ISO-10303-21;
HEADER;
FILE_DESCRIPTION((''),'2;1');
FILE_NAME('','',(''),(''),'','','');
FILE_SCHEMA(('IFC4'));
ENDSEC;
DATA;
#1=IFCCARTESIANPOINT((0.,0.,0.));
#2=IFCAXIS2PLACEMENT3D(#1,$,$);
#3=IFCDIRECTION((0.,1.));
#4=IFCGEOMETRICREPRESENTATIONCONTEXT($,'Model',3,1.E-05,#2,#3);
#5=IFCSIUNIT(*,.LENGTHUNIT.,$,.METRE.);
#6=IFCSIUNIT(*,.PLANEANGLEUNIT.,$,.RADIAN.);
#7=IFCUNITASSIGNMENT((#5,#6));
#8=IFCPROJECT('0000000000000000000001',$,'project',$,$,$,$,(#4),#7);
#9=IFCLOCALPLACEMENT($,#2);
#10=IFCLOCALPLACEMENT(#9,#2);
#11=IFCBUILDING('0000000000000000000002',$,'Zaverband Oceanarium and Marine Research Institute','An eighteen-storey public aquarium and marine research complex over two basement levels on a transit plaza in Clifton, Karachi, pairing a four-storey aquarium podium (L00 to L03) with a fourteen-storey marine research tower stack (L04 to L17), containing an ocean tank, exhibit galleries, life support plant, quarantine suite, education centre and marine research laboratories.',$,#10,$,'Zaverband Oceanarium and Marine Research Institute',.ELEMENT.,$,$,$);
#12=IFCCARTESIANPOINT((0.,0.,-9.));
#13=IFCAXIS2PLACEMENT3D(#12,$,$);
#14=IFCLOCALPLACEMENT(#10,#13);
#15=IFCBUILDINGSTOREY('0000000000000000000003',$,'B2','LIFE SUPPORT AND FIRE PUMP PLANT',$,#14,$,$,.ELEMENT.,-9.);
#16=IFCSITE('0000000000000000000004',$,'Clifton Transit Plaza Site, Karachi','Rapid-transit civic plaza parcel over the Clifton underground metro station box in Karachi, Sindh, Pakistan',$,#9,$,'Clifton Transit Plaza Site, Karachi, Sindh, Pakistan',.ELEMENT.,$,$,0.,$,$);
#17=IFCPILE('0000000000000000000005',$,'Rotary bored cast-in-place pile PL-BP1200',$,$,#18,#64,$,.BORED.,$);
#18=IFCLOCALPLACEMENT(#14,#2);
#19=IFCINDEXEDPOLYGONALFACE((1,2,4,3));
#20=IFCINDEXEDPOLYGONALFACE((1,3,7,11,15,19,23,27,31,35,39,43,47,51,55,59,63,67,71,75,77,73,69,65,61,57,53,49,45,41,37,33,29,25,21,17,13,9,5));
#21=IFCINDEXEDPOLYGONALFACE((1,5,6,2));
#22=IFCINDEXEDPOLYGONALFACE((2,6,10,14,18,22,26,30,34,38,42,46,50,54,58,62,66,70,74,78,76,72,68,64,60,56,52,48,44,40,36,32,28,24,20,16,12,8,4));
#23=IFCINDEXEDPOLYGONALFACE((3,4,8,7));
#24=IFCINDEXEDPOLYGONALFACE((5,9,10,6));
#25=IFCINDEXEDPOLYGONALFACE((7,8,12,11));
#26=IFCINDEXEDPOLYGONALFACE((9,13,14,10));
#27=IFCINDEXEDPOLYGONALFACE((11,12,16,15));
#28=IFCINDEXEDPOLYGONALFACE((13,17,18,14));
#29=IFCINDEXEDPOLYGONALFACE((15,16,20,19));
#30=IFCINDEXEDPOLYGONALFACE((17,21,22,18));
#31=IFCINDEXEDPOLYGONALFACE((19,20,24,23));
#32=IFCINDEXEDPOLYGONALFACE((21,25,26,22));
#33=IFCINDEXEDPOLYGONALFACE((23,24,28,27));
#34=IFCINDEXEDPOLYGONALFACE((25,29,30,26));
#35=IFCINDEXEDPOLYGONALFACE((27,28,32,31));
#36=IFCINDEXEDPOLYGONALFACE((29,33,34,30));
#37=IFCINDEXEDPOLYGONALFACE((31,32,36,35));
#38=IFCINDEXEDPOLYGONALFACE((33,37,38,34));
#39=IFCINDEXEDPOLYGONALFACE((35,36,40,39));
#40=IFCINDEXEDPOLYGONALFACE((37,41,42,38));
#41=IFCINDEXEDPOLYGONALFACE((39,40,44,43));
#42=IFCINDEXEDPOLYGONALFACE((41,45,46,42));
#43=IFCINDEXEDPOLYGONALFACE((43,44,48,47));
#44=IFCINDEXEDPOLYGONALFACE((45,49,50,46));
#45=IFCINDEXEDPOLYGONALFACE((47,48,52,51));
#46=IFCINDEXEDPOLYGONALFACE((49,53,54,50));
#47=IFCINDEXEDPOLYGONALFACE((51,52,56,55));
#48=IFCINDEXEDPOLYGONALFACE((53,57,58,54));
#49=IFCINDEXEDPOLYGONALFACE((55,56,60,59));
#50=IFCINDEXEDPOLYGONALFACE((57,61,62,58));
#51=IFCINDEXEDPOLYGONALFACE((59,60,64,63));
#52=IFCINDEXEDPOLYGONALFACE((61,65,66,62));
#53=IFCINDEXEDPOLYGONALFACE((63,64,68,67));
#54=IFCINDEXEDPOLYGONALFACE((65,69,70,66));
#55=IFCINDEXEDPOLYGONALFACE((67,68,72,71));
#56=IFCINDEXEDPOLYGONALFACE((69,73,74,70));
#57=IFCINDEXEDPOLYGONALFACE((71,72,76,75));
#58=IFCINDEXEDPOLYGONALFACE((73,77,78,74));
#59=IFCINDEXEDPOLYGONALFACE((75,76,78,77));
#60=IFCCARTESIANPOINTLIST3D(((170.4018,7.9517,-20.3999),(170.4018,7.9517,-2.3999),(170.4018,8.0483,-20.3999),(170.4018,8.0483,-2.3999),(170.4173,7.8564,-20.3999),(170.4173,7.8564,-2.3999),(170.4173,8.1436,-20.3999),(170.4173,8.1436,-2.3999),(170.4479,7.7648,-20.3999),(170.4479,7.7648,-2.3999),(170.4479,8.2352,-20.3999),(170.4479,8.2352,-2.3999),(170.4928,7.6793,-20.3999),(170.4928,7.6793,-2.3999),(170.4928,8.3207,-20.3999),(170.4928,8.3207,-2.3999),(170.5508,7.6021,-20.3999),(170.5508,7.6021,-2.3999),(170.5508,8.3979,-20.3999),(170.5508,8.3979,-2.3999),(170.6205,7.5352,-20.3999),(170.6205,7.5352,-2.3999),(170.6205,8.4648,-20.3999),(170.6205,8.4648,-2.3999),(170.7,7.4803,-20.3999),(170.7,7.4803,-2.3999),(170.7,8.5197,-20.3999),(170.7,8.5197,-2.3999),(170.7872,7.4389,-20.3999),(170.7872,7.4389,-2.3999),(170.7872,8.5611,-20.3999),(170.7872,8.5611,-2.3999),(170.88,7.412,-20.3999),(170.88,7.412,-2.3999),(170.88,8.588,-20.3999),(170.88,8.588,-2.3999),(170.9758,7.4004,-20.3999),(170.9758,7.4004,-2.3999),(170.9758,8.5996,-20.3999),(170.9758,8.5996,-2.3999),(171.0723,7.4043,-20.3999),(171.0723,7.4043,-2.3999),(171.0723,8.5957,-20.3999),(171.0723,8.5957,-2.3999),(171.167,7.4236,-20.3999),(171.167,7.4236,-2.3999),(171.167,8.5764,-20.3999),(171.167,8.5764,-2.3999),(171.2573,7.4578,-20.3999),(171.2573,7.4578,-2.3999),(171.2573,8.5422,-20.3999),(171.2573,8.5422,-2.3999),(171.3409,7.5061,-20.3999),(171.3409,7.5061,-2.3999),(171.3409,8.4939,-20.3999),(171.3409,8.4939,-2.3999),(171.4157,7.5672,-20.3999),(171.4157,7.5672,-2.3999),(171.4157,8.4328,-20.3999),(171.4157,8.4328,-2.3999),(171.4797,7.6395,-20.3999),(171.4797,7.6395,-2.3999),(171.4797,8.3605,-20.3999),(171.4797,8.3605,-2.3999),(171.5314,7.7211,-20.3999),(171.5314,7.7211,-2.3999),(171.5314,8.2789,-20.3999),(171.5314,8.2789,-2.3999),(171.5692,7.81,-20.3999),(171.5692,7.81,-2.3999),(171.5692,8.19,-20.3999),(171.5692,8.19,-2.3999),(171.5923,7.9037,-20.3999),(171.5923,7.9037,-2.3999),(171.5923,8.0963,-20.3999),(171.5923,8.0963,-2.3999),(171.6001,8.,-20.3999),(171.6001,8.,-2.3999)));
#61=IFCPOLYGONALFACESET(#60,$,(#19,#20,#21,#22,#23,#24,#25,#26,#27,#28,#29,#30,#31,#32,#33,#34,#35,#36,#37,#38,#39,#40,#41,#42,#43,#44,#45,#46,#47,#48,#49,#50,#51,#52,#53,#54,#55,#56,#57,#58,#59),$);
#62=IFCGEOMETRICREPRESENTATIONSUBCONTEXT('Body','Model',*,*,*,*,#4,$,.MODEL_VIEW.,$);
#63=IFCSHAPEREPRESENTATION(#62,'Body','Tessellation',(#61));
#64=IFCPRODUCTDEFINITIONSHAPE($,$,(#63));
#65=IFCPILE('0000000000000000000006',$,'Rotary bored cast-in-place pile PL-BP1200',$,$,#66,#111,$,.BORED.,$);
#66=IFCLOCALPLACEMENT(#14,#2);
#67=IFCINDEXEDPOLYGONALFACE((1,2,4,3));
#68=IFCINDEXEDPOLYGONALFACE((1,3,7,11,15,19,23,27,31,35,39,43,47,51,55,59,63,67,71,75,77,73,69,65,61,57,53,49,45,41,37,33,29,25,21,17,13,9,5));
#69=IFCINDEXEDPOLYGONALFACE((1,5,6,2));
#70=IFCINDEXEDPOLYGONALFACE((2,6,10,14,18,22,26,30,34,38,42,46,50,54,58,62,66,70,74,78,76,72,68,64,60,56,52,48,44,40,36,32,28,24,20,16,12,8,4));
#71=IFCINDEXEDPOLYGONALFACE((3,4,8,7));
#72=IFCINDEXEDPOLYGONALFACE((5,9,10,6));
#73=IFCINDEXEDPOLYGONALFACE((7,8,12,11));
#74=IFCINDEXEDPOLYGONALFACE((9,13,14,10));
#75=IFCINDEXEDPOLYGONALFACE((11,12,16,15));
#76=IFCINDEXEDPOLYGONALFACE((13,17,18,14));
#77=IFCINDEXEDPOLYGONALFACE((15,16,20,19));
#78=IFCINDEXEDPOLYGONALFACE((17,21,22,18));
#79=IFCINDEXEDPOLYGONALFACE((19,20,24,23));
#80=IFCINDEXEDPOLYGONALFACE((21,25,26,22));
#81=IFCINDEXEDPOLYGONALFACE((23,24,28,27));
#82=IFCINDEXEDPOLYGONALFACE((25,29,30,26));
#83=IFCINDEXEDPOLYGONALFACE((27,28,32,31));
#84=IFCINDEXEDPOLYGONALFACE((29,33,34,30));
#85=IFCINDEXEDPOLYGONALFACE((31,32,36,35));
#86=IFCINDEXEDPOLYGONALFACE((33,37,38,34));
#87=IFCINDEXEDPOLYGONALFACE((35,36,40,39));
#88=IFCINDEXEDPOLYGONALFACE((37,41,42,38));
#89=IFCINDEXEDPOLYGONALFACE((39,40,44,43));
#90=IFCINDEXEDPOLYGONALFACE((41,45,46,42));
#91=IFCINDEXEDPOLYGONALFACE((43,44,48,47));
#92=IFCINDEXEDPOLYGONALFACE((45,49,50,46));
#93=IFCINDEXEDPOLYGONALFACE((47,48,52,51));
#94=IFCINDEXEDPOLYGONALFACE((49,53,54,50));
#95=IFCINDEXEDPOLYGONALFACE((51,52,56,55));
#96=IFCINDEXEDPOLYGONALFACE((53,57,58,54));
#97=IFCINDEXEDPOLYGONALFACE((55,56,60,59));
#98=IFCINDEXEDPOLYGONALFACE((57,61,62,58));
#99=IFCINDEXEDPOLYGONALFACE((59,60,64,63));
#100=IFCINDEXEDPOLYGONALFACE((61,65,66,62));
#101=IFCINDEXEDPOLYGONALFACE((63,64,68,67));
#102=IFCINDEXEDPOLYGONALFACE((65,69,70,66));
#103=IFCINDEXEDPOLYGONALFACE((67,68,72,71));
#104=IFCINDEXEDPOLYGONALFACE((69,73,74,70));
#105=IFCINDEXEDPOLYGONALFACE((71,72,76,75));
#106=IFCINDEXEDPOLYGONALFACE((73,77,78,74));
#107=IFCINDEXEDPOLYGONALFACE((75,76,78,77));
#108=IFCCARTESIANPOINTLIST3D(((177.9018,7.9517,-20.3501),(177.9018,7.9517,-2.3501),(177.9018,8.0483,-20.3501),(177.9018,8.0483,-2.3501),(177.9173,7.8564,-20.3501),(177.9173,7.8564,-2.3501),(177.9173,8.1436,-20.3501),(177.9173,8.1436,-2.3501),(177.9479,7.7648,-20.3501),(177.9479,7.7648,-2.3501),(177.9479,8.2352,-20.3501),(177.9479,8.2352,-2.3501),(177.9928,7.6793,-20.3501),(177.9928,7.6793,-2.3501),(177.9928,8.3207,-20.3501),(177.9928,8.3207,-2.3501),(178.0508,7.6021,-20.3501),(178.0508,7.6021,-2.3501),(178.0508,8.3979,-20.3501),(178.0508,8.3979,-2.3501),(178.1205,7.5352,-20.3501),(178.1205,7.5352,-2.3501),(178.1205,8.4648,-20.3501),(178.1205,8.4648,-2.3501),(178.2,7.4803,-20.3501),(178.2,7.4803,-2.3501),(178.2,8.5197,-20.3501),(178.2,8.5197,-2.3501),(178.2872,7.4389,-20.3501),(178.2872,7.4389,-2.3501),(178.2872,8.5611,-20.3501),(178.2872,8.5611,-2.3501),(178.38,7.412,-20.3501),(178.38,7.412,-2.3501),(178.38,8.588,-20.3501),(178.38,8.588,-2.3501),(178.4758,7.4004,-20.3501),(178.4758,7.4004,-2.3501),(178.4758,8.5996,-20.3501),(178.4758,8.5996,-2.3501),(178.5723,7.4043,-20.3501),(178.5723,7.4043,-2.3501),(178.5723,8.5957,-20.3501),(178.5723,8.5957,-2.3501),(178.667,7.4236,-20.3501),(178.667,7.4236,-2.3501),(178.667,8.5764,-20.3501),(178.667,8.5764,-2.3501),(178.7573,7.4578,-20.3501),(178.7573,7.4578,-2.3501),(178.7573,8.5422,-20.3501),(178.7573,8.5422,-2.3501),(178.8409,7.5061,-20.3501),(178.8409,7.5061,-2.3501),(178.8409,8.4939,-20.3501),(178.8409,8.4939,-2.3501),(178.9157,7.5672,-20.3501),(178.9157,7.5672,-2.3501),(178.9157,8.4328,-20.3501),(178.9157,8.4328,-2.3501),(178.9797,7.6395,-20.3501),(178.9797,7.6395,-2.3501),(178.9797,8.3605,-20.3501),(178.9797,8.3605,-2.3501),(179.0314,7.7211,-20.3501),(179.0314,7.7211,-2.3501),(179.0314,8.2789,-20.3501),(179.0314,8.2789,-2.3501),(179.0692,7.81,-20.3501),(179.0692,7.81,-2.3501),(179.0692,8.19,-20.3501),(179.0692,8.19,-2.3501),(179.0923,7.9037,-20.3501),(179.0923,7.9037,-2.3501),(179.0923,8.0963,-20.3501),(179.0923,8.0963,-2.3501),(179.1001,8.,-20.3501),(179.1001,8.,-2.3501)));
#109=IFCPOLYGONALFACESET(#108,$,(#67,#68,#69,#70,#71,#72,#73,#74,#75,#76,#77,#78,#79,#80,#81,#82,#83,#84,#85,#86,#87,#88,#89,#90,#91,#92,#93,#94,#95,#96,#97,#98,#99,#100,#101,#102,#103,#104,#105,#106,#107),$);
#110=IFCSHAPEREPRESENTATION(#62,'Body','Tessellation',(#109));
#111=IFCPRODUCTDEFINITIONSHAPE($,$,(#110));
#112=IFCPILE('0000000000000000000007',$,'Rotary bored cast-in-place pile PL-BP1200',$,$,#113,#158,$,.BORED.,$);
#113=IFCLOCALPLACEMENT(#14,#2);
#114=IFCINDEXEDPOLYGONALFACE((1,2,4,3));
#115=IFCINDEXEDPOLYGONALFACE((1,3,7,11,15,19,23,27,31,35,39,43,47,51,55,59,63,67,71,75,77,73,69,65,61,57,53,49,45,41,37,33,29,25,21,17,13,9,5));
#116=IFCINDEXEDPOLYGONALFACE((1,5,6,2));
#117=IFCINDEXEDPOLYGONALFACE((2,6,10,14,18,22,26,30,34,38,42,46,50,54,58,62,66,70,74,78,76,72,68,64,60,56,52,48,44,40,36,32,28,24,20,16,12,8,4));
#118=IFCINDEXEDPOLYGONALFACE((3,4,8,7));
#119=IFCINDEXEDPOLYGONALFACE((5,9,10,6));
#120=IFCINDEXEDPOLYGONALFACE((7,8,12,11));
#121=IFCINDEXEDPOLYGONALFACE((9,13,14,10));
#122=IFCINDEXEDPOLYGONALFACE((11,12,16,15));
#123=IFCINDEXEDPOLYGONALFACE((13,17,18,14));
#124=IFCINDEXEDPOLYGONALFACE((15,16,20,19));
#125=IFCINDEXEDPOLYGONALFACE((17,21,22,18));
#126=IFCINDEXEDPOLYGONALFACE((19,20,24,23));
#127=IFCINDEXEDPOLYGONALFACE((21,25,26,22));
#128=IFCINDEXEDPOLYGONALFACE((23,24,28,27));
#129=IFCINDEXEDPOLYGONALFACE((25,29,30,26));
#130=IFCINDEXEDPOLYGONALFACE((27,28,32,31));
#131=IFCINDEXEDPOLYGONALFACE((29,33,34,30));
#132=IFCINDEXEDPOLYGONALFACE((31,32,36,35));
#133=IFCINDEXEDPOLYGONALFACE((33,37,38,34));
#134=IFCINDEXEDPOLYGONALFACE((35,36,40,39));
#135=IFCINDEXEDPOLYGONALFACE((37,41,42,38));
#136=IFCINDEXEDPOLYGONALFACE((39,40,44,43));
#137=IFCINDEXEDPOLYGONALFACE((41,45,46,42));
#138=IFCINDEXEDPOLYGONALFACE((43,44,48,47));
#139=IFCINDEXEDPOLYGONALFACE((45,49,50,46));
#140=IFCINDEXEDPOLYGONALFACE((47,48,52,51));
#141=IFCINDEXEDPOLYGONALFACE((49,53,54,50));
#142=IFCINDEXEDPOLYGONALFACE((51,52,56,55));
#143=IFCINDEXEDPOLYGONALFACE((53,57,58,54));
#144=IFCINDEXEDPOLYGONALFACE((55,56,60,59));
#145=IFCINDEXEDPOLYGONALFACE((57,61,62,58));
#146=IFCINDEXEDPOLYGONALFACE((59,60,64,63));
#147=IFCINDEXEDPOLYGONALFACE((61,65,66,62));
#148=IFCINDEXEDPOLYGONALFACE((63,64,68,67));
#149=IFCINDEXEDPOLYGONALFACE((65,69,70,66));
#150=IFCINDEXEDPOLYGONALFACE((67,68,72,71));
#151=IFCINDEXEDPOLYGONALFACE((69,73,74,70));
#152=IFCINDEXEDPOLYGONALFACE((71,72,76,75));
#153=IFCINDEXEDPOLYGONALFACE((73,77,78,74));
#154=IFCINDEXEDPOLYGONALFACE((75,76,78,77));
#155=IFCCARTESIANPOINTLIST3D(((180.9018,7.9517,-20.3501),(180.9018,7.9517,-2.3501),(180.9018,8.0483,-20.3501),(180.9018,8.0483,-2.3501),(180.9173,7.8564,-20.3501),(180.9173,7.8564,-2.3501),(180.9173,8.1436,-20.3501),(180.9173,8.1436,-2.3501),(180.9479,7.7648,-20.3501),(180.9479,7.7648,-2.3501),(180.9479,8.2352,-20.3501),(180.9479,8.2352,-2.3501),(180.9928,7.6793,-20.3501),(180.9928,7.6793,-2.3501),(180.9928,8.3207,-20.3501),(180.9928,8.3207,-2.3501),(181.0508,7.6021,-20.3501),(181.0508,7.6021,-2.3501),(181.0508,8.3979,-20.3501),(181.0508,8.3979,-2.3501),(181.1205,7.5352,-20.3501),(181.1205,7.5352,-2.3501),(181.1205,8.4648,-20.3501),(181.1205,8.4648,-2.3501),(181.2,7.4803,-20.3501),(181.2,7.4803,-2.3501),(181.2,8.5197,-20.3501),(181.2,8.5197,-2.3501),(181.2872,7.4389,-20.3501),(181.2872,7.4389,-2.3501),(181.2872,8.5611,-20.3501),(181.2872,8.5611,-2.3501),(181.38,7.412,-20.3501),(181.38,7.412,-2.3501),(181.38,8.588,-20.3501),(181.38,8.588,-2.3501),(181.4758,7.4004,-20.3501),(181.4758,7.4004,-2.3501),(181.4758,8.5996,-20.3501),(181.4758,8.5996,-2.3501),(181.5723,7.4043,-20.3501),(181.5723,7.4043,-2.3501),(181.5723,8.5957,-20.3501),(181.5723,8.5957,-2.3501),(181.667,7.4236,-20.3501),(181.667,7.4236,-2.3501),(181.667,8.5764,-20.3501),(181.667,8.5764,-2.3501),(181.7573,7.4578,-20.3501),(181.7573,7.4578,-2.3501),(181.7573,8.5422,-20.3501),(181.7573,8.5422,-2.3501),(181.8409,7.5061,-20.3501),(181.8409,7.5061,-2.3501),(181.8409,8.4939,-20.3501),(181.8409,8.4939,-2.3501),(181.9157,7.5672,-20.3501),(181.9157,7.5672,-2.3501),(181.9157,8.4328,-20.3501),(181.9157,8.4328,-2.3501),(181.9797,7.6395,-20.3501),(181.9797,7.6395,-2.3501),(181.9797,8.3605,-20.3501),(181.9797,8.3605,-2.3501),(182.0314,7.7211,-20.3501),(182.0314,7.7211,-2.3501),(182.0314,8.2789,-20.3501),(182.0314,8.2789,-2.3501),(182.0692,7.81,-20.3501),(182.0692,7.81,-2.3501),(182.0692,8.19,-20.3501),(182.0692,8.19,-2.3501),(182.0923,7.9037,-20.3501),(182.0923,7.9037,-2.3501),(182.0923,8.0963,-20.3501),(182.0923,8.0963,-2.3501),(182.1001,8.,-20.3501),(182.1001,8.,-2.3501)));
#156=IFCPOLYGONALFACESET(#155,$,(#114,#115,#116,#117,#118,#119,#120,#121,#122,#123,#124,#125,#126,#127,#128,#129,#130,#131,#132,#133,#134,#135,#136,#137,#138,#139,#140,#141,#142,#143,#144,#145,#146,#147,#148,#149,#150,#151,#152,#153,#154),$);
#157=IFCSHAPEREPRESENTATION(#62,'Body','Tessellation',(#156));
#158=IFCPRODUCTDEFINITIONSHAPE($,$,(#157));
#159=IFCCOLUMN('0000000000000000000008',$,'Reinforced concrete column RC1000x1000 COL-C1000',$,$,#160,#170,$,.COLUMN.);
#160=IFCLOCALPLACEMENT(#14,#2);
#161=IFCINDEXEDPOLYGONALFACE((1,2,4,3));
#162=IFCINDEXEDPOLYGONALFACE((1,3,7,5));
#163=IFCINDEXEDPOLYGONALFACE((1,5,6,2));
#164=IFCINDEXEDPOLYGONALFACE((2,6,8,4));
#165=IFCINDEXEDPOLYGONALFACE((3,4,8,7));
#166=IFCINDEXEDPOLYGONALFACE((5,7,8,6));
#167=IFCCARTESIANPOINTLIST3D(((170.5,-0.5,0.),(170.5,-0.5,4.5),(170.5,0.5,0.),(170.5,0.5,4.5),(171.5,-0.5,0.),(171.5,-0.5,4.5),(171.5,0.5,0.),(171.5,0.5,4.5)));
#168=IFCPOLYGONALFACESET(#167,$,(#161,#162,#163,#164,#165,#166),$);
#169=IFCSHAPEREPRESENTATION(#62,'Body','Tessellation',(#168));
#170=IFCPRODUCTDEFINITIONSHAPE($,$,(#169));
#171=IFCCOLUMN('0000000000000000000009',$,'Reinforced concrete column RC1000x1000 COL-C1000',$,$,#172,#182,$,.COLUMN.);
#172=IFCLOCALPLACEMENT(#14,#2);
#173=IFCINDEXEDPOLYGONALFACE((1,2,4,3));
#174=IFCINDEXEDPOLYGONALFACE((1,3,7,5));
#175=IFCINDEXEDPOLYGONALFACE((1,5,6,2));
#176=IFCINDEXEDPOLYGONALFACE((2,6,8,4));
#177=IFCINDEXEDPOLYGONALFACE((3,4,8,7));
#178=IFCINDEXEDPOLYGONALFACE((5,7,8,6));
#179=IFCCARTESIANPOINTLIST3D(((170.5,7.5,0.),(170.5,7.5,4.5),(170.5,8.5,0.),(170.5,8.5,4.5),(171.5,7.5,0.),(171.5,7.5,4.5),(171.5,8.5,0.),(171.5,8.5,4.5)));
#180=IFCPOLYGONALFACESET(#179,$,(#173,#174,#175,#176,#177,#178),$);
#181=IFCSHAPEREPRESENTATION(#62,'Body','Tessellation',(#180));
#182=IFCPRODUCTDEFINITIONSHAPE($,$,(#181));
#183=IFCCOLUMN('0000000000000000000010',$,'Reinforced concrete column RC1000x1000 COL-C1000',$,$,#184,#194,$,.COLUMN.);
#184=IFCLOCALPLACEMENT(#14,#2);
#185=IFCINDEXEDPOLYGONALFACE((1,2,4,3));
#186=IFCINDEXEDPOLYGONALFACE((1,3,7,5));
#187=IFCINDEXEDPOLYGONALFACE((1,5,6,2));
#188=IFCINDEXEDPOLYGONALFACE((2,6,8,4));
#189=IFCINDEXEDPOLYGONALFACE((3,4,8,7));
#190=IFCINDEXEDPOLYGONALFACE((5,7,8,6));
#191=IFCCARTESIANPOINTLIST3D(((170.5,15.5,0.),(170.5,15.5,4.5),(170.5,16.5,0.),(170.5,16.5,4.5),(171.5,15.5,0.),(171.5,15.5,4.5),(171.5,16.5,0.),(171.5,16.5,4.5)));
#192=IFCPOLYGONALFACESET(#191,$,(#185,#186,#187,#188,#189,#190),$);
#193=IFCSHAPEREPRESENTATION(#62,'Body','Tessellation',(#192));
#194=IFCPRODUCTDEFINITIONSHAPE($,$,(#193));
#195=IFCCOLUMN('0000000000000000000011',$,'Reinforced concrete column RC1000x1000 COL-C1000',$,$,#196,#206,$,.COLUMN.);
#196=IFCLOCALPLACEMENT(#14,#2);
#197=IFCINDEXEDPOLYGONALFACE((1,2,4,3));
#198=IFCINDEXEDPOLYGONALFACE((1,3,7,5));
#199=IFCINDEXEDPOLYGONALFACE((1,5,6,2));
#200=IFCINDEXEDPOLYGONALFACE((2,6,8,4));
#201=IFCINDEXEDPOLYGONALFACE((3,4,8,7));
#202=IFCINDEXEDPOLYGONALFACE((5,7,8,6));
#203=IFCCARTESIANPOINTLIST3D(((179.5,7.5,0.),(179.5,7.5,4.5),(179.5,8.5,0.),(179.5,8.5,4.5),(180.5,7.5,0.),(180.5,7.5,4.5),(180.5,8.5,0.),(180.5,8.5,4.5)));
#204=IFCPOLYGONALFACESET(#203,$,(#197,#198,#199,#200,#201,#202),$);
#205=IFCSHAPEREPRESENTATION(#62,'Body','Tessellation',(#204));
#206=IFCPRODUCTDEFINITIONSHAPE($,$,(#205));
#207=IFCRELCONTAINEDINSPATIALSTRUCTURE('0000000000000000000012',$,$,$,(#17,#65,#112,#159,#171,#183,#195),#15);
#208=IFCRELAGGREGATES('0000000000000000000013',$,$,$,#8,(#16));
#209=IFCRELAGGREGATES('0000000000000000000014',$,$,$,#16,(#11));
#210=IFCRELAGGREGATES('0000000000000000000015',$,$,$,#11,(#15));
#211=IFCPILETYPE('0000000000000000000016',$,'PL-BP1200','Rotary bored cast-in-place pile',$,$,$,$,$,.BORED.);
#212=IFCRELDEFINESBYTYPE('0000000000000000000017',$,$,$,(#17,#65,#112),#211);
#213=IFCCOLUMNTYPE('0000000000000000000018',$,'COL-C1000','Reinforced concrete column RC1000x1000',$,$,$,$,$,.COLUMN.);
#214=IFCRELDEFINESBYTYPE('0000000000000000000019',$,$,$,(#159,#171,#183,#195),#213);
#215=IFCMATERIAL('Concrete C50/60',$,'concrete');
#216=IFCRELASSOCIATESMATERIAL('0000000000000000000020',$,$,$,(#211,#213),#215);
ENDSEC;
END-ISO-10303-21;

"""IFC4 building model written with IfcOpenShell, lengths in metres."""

from ifc_helpers import new_model, si_unit, direction, frame, origin, origin_2d, place, context, subcontext, project, spatial, rectangle, circle, extrude, material, material_profile, profile_set, type_object, element, save


model = new_model("IFC4")

# Units and contexts
model_context = context("Model", 3, precision=1e-05, world=origin(), true_north=direction((0.0, 1.0)))
body_context = subcontext(model_context, "Body", "Model", "MODEL_VIEW")
ifc_project = project(units=[si_unit("LENGTHUNIT", "METRE"), si_unit("PLANEANGLEUNIT", "RADIAN")], contexts=[model_context])

# Site, building, storey
site_placement = place(None, origin())
site = spatial("IfcSite", under=ifc_project, at=site_placement, Name="Clifton Transit Plaza Site, Karachi", Description="Rapid-transit civic plaza parcel over the Clifton underground metro station box in Karachi, Sindh, Pakistan", LongName="Clifton Transit Plaza Site, Karachi, Sindh, Pakistan", CompositionType="ELEMENT", RefElevation=0.0)
building_placement = place(site_placement, origin())
building = spatial("IfcBuilding", under=site, at=building_placement, Name="Zaverband Oceanarium and Marine Research Institute", Description="An eighteen-storey public aquarium and marine research complex over two basement levels on a transit plaza in Clifton, Karachi, pairing a four-storey aquarium podium (L00 to L03) with a fourteen-storey marine research tower stack (L04 to L17), containing an ocean tank, exhibit galleries, life support plant, quarantine suite, education centre and marine research laboratories.", LongName="Zaverband Oceanarium and Marine Research Institute", CompositionType="ELEMENT")
storey_placement = place(building_placement, frame((0.0, 0.0, -9.0)))
storey = spatial("IfcBuildingStorey", under=building, at=storey_placement, Name="B2", Description="LIFE SUPPORT AND FIRE PUMP PLANT", CompositionType="ELEMENT", Elevation=-9.0)

# Shared definitions
ifc_material_1 = material(Name="Concrete C50/60", Category="concrete")

# Piles
ifc_material_profile_1 = material_profile(ifc_material_1, circle(Radius=0.6001, at=origin_2d()), Name="BP1200")
ifc_profile_set_1 = profile_set([ifc_material_profile_1], Name="Concrete C50/60")
pile_type_1 = type_object("IfcPileType", Name="PL-BP1200", Description="Rotary bored cast-in-place pile", PredefinedType="BORED", material=ifc_profile_set_1)
for number, where, z_axis, x_axis, name in (
    (1, (171.0, 8.0, -2.3999), (0.0, 0.0, -1.0), (1.0, 0.0, 0.0), "Rotary bored cast-in-place pile PL-BP1200"),
    (2, (178.5, 8.0, -2.3501), (0.0, 0.0, -1.0), (1.0, 0.0, 0.0), "Rotary bored cast-in-place pile PL-BP1200"),
    (3, (181.5, 8.0, -2.3501), (0.0, 0.0, -1.0), (1.0, 0.0, 0.0), "Rotary bored cast-in-place pile PL-BP1200"),
):
    element("IfcPile", number, at=place(storey_placement, frame(where, z_axis=z_axis, x_axis=x_axis)), inside=storey, type_object=pile_type_1, Name=name, PredefinedType="BORED", context=body_context, shape_type="SweptSolid", body=[
        extrude(circle(Radius=0.6001, at=origin_2d()), origin(), (0.0, 0.0, 1.0), 18.0),
    ])

# Columns
ifc_material_profile_2 = material_profile(ifc_material_1, rectangle(XDim=1.0, YDim=1.0, at=origin_2d()), Name="RC1000x1000")
ifc_profile_set_2 = profile_set([ifc_material_profile_2], Name="Concrete C50/60")
column_type = type_object("IfcColumnType", Name="COL-C1000", Description="Reinforced concrete column RC1000x1000", PredefinedType="COLUMN", material=ifc_profile_set_2)
for number, where, z_axis, x_axis, name in (
    (4, (171.0, 0.0, 0.0), (0.0, 0.0, 1.0), (1.0, 0.0, 0.0), "Reinforced concrete column RC1000x1000 COL-C1000"),
    (5, (171.0, 8.0, 0.0), (0.0, 0.0, 1.0), (1.0, 0.0, 0.0), "Reinforced concrete column RC1000x1000 COL-C1000"),
    (6, (171.0, 16.0, 0.0), (0.0, 0.0, 1.0), (1.0, 0.0, 0.0), "Reinforced concrete column RC1000x1000 COL-C1000"),
    (7, (180.0, 8.0, 0.0), (0.0, 0.0, 1.0), (1.0, 0.0, 0.0), "Reinforced concrete column RC1000x1000 COL-C1000"),
):
    element("IfcColumn", number, at=place(storey_placement, frame(where, z_axis=z_axis, x_axis=x_axis)), inside=storey, type_object=column_type, Name=name, PredefinedType="COLUMN", context=body_context, shape_type="SweptSolid", body=[
        extrude(rectangle(XDim=1.0, YDim=1.0, at=origin_2d()), origin(), (0.0, 0.0, 1.0), 4.5),
    ])

save(model, "model.ifc")
